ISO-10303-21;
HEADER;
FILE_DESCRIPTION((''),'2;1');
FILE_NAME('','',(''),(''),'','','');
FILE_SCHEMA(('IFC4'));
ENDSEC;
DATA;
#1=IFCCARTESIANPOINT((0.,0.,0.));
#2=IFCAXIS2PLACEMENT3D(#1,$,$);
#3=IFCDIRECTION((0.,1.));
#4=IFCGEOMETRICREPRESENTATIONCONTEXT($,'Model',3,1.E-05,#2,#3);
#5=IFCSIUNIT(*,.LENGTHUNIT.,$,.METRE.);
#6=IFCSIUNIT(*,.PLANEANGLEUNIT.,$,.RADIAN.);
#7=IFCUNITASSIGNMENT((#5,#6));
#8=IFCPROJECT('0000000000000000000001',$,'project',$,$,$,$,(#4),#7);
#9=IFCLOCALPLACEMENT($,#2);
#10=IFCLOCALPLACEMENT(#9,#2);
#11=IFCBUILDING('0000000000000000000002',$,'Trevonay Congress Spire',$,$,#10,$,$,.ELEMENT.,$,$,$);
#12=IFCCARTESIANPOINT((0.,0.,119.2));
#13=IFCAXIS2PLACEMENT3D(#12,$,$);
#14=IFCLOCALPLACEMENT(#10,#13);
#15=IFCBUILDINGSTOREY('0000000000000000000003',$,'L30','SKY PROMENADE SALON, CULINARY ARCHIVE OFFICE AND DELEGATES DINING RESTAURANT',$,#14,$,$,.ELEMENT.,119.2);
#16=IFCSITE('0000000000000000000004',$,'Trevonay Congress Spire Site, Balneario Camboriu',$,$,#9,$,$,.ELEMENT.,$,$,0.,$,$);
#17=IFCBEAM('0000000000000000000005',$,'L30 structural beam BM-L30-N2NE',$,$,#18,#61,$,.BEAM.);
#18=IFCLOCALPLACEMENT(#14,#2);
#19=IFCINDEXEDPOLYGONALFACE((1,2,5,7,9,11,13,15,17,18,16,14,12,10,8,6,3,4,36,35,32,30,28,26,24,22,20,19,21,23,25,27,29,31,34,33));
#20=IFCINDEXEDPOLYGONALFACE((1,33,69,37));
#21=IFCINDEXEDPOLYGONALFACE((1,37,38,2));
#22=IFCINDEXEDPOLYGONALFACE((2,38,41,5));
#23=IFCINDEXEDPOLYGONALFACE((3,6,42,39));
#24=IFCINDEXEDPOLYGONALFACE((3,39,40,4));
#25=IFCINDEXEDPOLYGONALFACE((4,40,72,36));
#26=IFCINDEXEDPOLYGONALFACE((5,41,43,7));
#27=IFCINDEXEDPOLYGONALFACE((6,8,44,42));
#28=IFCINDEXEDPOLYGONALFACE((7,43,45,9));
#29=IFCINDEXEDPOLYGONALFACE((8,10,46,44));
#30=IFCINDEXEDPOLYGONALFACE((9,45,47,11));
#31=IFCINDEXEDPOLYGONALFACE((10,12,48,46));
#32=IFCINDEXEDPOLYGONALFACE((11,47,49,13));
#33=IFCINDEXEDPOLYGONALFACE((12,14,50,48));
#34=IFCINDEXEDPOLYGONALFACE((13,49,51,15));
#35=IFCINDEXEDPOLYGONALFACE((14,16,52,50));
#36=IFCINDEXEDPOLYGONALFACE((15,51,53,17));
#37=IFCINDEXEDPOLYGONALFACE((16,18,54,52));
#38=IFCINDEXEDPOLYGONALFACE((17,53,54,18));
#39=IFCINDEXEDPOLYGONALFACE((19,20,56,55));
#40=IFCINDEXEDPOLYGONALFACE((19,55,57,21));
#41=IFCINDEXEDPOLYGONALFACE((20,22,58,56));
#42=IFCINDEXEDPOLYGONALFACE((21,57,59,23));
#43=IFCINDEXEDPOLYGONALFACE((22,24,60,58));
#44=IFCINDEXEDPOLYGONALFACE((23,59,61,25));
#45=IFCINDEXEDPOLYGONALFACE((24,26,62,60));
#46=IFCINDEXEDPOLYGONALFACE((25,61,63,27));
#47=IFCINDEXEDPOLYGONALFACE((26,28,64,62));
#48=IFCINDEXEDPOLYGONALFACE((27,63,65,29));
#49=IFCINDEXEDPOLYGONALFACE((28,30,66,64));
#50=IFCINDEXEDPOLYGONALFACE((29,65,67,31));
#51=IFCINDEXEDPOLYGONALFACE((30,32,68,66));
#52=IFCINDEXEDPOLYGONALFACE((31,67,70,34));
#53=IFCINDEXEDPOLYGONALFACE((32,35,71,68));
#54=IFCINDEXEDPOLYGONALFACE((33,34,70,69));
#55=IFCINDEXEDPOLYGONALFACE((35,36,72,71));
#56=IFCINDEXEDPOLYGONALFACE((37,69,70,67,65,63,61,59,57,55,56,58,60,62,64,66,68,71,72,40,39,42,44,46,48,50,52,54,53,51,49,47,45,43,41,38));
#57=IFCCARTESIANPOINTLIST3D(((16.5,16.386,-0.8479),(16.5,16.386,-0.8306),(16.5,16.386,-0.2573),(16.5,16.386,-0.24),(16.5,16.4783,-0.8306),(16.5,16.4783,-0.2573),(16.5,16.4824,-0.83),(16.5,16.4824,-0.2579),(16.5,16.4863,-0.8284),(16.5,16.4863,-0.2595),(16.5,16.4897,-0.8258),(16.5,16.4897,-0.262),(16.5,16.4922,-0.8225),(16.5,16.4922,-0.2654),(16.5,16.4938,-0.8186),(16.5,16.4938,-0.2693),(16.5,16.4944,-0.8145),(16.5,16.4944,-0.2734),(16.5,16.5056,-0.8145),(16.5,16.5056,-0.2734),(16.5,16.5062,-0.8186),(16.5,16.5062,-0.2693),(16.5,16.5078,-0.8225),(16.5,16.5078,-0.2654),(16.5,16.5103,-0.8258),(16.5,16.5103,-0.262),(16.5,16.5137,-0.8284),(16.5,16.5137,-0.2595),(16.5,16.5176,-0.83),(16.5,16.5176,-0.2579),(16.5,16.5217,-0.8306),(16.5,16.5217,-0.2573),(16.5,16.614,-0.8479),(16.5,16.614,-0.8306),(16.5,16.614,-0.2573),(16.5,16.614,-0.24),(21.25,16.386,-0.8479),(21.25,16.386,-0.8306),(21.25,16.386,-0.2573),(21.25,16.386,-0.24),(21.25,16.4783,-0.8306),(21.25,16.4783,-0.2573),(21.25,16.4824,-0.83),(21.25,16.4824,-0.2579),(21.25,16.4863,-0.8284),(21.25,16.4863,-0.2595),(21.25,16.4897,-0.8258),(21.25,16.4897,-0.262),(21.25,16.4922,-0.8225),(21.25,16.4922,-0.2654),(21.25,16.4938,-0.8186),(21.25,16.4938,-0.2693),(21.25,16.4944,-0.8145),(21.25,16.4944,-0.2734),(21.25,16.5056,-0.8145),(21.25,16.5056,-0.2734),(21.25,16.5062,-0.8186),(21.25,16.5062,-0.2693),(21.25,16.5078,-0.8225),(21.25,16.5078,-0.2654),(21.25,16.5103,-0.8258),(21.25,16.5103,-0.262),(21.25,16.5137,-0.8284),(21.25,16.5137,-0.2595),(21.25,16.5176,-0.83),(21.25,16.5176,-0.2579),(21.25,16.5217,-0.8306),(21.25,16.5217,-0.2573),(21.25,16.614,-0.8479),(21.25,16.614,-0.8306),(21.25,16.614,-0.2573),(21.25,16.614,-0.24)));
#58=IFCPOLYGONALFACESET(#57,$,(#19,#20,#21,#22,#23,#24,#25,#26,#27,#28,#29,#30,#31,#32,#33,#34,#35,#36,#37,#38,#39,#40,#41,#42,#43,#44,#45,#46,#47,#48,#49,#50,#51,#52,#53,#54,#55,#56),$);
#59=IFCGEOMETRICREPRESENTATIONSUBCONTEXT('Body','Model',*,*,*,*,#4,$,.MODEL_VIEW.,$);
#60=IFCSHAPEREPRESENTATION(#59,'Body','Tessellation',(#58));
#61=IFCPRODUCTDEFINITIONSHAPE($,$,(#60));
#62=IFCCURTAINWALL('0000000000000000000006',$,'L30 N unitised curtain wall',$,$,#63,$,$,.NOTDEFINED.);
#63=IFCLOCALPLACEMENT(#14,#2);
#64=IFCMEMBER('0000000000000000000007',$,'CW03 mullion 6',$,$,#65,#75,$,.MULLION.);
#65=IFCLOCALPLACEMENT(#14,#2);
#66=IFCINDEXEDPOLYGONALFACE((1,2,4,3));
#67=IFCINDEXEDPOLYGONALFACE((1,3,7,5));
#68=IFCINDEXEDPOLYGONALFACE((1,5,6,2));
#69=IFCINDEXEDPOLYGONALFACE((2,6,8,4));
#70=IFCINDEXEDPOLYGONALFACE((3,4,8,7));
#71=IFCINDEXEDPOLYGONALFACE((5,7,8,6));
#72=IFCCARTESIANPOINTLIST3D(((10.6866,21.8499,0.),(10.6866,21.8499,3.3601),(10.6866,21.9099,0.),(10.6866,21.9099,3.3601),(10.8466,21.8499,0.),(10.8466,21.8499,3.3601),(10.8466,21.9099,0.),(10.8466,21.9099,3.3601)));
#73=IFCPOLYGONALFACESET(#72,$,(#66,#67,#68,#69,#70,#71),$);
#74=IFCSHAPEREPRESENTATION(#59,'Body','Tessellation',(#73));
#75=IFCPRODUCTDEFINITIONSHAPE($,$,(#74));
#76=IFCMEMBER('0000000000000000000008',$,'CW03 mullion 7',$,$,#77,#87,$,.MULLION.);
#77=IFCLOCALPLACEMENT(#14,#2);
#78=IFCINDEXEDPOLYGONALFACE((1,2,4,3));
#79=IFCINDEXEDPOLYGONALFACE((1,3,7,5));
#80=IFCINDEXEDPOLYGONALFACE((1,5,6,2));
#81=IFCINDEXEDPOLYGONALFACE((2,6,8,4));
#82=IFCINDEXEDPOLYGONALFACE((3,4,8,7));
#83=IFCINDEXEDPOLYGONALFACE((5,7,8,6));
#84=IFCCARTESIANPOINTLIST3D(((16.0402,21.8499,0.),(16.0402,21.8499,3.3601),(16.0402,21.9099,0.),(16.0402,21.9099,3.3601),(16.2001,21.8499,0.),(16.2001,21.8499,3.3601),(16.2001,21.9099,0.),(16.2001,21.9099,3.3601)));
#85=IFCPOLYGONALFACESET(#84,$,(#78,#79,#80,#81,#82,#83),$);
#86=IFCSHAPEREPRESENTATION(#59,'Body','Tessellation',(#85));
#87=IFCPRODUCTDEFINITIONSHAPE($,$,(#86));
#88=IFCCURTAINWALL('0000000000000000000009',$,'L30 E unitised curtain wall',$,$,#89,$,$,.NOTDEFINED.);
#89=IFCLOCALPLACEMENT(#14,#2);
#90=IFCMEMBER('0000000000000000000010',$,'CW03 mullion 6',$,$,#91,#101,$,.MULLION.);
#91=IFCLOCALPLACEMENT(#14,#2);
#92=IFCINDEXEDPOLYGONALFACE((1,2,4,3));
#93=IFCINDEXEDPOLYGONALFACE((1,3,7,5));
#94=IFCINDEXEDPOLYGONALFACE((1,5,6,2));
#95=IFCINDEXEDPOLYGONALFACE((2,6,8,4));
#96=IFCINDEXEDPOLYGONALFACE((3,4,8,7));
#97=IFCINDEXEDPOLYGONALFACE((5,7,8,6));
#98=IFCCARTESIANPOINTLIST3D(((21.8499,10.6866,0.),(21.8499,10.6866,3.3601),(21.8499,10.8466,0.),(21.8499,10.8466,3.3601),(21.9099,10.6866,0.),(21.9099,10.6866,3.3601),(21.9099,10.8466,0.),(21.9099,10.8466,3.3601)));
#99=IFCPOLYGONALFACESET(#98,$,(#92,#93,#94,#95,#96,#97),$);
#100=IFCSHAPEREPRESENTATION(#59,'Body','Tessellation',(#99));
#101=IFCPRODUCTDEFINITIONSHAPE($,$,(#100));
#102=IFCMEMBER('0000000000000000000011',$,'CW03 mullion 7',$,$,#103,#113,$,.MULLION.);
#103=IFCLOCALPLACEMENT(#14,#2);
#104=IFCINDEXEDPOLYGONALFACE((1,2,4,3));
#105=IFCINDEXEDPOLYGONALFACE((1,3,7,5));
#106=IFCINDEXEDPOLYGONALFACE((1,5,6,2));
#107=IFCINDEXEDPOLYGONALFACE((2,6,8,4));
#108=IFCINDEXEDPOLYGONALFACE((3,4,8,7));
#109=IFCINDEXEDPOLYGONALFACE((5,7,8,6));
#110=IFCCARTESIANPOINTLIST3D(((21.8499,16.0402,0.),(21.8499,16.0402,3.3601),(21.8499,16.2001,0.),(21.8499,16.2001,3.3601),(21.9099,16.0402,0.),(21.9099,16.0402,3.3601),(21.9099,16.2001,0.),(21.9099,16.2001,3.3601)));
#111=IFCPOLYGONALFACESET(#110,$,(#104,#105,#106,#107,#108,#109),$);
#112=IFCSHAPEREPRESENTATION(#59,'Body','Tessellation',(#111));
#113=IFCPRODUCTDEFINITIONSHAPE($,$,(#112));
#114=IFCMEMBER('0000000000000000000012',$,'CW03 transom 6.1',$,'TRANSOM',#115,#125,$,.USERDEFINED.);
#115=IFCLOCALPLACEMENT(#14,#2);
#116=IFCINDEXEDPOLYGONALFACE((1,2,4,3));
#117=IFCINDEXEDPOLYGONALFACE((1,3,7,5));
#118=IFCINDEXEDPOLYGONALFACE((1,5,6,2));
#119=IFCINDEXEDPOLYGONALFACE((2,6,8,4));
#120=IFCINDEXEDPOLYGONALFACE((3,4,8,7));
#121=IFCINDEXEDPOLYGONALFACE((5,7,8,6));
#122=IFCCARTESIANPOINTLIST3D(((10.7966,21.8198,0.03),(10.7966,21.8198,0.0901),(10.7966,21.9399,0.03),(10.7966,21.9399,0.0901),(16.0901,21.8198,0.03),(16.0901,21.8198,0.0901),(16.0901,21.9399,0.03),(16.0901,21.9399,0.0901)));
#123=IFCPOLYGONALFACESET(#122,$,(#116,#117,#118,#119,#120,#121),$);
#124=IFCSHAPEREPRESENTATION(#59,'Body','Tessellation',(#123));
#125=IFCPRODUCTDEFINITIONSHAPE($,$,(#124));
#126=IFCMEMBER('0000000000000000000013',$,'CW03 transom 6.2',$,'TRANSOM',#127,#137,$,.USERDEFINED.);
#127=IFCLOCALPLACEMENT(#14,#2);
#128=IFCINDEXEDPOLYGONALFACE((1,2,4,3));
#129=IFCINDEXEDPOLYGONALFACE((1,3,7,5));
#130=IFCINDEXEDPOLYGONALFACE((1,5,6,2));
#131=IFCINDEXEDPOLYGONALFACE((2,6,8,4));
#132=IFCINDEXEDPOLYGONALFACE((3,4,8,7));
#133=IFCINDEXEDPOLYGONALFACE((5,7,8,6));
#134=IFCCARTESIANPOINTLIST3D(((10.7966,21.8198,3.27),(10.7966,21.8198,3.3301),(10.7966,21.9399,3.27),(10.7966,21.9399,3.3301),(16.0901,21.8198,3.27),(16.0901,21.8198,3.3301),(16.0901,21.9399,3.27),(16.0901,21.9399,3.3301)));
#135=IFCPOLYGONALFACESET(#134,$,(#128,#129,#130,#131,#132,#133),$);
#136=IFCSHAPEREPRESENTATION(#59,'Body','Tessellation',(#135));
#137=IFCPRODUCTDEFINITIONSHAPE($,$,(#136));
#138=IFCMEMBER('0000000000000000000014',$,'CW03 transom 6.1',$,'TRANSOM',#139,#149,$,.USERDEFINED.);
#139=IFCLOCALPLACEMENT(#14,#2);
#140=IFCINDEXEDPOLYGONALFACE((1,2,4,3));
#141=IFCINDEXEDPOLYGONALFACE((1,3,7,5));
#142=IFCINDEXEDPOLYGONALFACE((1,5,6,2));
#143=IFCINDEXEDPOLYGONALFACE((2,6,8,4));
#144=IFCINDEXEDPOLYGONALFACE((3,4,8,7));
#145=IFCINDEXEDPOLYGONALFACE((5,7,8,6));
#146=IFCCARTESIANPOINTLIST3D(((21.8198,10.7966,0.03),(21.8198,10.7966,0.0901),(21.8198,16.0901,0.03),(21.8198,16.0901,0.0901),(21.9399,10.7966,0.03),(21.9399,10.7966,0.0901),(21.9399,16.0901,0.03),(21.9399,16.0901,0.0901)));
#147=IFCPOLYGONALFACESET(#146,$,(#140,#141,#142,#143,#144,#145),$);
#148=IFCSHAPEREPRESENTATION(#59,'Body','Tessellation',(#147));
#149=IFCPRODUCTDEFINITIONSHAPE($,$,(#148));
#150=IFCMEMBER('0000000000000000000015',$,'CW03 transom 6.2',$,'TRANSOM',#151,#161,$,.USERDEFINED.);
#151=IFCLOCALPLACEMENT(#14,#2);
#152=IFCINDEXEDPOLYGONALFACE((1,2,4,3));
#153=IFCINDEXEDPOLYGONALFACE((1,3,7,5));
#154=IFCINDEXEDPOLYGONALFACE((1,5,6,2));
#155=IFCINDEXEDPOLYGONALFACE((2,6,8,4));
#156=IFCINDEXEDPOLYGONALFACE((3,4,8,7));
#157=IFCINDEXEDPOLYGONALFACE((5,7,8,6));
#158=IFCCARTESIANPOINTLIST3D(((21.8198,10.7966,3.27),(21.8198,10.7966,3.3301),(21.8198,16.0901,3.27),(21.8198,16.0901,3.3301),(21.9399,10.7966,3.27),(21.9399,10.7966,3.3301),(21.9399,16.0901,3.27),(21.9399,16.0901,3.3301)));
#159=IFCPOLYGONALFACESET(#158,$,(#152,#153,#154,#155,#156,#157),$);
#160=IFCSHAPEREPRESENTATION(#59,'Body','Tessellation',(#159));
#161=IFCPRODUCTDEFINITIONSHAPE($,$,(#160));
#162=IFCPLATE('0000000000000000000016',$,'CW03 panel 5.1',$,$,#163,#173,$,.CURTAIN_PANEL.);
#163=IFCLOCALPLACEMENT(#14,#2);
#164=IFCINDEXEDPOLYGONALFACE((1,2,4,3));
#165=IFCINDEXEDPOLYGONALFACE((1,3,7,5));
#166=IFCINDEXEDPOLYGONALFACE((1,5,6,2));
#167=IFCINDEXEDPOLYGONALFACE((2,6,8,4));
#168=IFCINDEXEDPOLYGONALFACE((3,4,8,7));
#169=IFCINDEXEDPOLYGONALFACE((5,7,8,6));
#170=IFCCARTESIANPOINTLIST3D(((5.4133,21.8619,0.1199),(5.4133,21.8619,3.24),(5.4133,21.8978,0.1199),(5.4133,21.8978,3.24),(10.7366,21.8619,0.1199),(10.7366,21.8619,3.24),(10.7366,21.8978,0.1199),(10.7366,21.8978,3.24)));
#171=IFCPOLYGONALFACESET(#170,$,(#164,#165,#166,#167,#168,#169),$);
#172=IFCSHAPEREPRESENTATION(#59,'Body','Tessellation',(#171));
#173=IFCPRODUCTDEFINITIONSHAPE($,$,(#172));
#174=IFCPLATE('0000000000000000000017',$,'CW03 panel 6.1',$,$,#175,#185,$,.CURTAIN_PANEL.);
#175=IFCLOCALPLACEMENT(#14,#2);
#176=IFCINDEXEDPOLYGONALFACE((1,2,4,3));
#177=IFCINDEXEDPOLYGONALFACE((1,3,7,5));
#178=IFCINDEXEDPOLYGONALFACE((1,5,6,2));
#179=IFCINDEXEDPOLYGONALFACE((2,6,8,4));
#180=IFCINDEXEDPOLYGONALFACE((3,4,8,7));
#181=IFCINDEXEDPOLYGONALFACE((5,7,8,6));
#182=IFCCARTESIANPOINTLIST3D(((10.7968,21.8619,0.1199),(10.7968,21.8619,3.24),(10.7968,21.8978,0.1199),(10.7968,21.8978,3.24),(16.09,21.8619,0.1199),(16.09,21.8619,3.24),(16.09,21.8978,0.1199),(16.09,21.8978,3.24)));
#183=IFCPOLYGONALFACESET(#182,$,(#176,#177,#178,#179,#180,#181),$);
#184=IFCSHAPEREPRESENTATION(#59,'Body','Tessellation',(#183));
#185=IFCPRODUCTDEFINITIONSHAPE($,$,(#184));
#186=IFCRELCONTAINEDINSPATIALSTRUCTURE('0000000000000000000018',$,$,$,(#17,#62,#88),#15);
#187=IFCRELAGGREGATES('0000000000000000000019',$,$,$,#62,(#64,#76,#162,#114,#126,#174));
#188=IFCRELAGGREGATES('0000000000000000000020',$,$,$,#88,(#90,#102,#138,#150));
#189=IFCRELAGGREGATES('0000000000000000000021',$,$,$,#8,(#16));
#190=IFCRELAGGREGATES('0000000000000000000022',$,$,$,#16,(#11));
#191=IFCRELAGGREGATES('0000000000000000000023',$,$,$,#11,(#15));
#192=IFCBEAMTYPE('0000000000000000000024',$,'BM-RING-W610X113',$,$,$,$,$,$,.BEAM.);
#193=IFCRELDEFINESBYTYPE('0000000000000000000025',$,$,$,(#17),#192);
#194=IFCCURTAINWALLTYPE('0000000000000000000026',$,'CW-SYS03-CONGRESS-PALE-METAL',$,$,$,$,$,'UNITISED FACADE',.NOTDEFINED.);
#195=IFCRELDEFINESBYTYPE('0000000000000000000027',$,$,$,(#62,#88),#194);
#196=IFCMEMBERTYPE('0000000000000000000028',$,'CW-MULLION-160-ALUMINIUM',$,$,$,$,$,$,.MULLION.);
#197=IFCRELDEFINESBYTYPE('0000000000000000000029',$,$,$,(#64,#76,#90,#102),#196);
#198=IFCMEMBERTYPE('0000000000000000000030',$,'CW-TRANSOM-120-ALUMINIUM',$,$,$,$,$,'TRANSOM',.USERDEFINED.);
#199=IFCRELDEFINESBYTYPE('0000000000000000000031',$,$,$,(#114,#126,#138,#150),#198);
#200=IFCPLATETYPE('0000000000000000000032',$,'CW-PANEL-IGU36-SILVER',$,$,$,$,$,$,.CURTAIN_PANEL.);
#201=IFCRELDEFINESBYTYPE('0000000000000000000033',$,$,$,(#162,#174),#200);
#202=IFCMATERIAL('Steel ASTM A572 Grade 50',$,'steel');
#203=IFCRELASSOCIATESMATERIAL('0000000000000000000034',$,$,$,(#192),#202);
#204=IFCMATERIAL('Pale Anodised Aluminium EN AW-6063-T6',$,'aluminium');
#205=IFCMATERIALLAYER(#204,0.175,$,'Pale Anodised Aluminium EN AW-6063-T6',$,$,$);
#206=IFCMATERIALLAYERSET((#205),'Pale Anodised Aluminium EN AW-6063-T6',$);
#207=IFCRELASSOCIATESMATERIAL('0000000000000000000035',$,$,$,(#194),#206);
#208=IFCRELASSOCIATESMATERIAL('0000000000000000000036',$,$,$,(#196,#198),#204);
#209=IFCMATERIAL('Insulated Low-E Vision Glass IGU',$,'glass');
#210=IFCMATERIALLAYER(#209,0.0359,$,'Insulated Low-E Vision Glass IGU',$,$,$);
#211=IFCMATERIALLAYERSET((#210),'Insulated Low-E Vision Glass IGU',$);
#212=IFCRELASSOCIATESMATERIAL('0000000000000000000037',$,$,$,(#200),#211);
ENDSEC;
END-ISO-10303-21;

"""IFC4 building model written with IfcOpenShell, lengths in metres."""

from ifc_helpers import new_model, si_unit, direction, frame, origin, origin_2d, place, context, subcontext, project, spatial, rectangle, i_section, extrude, material, layer, layer_set, material_profile, profile_set, type_object, element, aggregate, save


model = new_model("IFC4")

# Units and contexts
model_context = context("Model", 3, precision=1e-05, world=origin(), true_north=direction((0.0, 1.0)))
body_context = subcontext(model_context, "Body", "Model", "MODEL_VIEW")
ifc_project = project(units=[si_unit("LENGTHUNIT", "METRE"), si_unit("PLANEANGLEUNIT", "RADIAN")], contexts=[model_context])

# Site, building, storey
site_placement = place(None, origin())
site = spatial("IfcSite", under=ifc_project, at=site_placement, Name="Trevonay Congress Spire Site, Balneario Camboriu", CompositionType="ELEMENT", RefElevation=0.0)
building_placement = place(site_placement, origin())
building = spatial("IfcBuilding", under=site, at=building_placement, Name="Trevonay Congress Spire", CompositionType="ELEMENT")
storey_placement = place(building_placement, frame((0.0, 0.0, 119.2)))
storey = spatial("IfcBuildingStorey", under=building, at=storey_placement, Name="L30", Description="SKY PROMENADE SALON, CULINARY ARCHIVE OFFICE AND DELEGATES DINING RESTAURANT", CompositionType="ELEMENT", Elevation=119.2)

# Shared definitions
ifc_material_1 = material(Name="Steel ASTM A572 Grade 50", Category="steel")

# Beam
ifc_material_profile_1 = material_profile(ifc_material_1, i_section(OverallWidth=0.228, OverallDepth=0.6079, WebThickness=0.0112, FlangeThickness=0.0173, FilletRadius=0.0161, at=origin_2d()), Name="W610x113")
ifc_profile_set_1 = profile_set([ifc_material_profile_1], Name="Steel ASTM A572 Grade 50")
beam_type = type_object("IfcBeamType", Name="BM-RING-W610X113", PredefinedType="BEAM", material=ifc_profile_set_1)
for number, where, z_axis, x_axis, name in (
    (1, (21.25, 16.5, -0.5439), (-1.0, 0.0, 0.0), (0.0, -1.0, 0.0), "L30 structural beam BM-L30-N2NE"),
):
    element("IfcBeam", number, at=place(storey_placement, frame(where, z_axis=z_axis, x_axis=x_axis)), inside=storey, type_object=beam_type, Name=name, PredefinedType="BEAM", context=body_context, shape_type="SweptSolid", body=[
        extrude(i_section(OverallWidth=0.228, OverallDepth=0.6079, WebThickness=0.0112, FlangeThickness=0.0173, FilletRadius=0.0161, at=origin_2d()), origin(), (0.0, 0.0, 1.0), 4.75),
    ])

# Curtain walls, members
ifc_material_2 = material(Name="Pale Anodised Aluminium EN AW-6063-T6", Category="aluminium")
ifc_layer_1 = layer(ifc_material_2, 0.175, Name="Pale Anodised Aluminium EN AW-6063-T6")
ifc_layer_set_1 = layer_set([ifc_layer_1], Name="Pale Anodised Aluminium EN AW-6063-T6")
curtain_wall_type = type_object("IfcCurtainWallType", Name="CW-SYS03-CONGRESS-PALE-METAL", ElementType="UNITISED FACADE", PredefinedType="NOTDEFINED", material=ifc_layer_set_1)
curtain_wall_1_placement = place(storey_placement, origin())
curtain_wall_1 = element("IfcCurtainWall", 2, at=curtain_wall_1_placement, inside=storey, type_object=curtain_wall_type, Name="L30 N unitised curtain wall", PredefinedType="NOTDEFINED")
ifc_material_profile_2 = material_profile(ifc_material_2, rectangle(XDim=0.0601, YDim=0.1599, at=origin_2d()), Name="CW-MULLION-160-ALUMINIUM")
ifc_profile_set_2 = profile_set([ifc_material_profile_2], Name="Pale Anodised Aluminium EN AW-6063-T6")
member_type_1 = type_object("IfcMemberType", Name="CW-MULLION-160-ALUMINIUM", PredefinedType="MULLION", material=ifc_profile_set_2)
member_1_placement = place(storey_placement, frame((10.7666, 21.8799, 0.0), z_axis=(0.0, 0.0, 1.0), x_axis=(0.0, 1.0, 0.0)))
member_1 = element("IfcMember", 3, at=member_1_placement, type_object=member_type_1, Name="CW03 mullion 6", PredefinedType="MULLION", context=body_context, shape_type="SweptSolid", body=[
    extrude(rectangle(XDim=0.0601, YDim=0.1599, at=origin_2d()), origin(), (0.0, 0.0, 1.0), 3.3601),
])
member_2_placement = place(storey_placement, frame((16.1201, 21.8799, 0.0), z_axis=(0.0, 0.0, 1.0), x_axis=(0.0, 1.0, 0.0)))
member_2 = element("IfcMember", 4, at=member_2_placement, type_object=member_type_1, Name="CW03 mullion 7", PredefinedType="MULLION", context=body_context, shape_type="SweptSolid", body=[
    extrude(rectangle(XDim=0.0601, YDim=0.1599, at=origin_2d()), origin(), (0.0, 0.0, 1.0), 3.3601),
])
curtain_wall_2_placement = place(storey_placement, origin())
curtain_wall_2 = element("IfcCurtainWall", 5, at=curtain_wall_2_placement, inside=storey, type_object=curtain_wall_type, Name="L30 E unitised curtain wall", PredefinedType="NOTDEFINED")
member_3_placement = place(storey_placement, frame((21.8799, 10.7666, 0.0), z_axis=(0.0, 0.0, 1.0), x_axis=(-1.0, 0.0, 0.0)))
member_3 = element("IfcMember", 6, at=member_3_placement, type_object=member_type_1, Name="CW03 mullion 6", PredefinedType="MULLION", context=body_context, shape_type="SweptSolid", body=[
    extrude(rectangle(XDim=0.0601, YDim=0.1599, at=origin_2d()), origin(), (0.0, 0.0, 1.0), 3.3601),
])
member_4_placement = place(storey_placement, frame((21.8799, 16.1201, 0.0), z_axis=(0.0, 0.0, 1.0), x_axis=(-1.0, 0.0, 0.0)))
member_4 = element("IfcMember", 7, at=member_4_placement, type_object=member_type_1, Name="CW03 mullion 7", PredefinedType="MULLION", context=body_context, shape_type="SweptSolid", body=[
    extrude(rectangle(XDim=0.0601, YDim=0.1599, at=origin_2d()), origin(), (0.0, 0.0, 1.0), 3.3601),
])

# Members
ifc_material_profile_3 = material_profile(ifc_material_2, rectangle(XDim=0.1201, YDim=0.0601, at=origin_2d()), Name="CW-TRANSOM-120-ALUMINIUM")
ifc_profile_set_3 = profile_set([ifc_material_profile_3], Name="Pale Anodised Aluminium EN AW-6063-T6")
member_type_2 = type_object("IfcMemberType", Name="CW-TRANSOM-120-ALUMINIUM", ElementType="TRANSOM", PredefinedType="USERDEFINED", material=ifc_profile_set_3)
member_5_placement = place(storey_placement, frame((10.7966, 21.8799, 0.0601), z_axis=(1.0, 0.0, 0.0), x_axis=(0.0, 1.0, 0.0)))
member_5 = element("IfcMember", 8, at=member_5_placement, type_object=member_type_2, Name="CW03 transom 6.1", ObjectType="TRANSOM", PredefinedType="USERDEFINED", context=body_context, shape_type="SweptSolid", body=[
    extrude(rectangle(XDim=0.1201, YDim=0.0601, at=origin_2d()), origin(), (0.0, 0.0, 1.0), 5.2935),
])
member_6_placement = place(storey_placement, frame((10.7966, 21.8799, 3.3), z_axis=(1.0, 0.0, 0.0), x_axis=(0.0, 1.0, 0.0)))
member_6 = element("IfcMember", 9, at=member_6_placement, type_object=member_type_2, Name="CW03 transom 6.2", ObjectType="TRANSOM", PredefinedType="USERDEFINED", context=body_context, shape_type="SweptSolid", body=[
    extrude(rectangle(XDim=0.1201, YDim=0.0601, at=origin_2d()), origin(), (0.0, 0.0, 1.0), 5.2935),
])
member_7_placement = place(storey_placement, frame((21.8799, 10.7966, 0.0601), z_axis=(0.0, 1.0, 0.0), x_axis=(-1.0, 0.0, 0.0)))
member_7 = element("IfcMember", 10, at=member_7_placement, type_object=member_type_2, Name="CW03 transom 6.1", ObjectType="TRANSOM", PredefinedType="USERDEFINED", context=body_context, shape_type="SweptSolid", body=[
    extrude(rectangle(XDim=0.1201, YDim=0.0601, at=origin_2d()), origin(), (0.0, 0.0, 1.0), 5.2935),
])
member_8_placement = place(storey_placement, frame((21.8799, 10.7966, 3.3), z_axis=(0.0, 1.0, 0.0), x_axis=(-1.0, 0.0, 0.0)))
member_8 = element("IfcMember", 11, at=member_8_placement, type_object=member_type_2, Name="CW03 transom 6.2", ObjectType="TRANSOM", PredefinedType="USERDEFINED", context=body_context, shape_type="SweptSolid", body=[
    extrude(rectangle(XDim=0.1201, YDim=0.0601, at=origin_2d()), origin(), (0.0, 0.0, 1.0), 5.2935),
])

# Plates
ifc_material_3 = material(Name="Insulated Low-E Vision Glass IGU", Category="glass")
ifc_layer_2 = layer(ifc_material_3, 0.0359, Name="Insulated Low-E Vision Glass IGU")
ifc_layer_set_2 = layer_set([ifc_layer_2], Name="Insulated Low-E Vision Glass IGU")
plate_type = type_object("IfcPlateType", Name="CW-PANEL-IGU36-SILVER", PredefinedType="CURTAIN_PANEL", material=ifc_layer_set_2)
plate_1_placement = place(storey_placement, frame((8.075, 21.8799, 0.1199), z_axis=(0.0, 0.0, 1.0), x_axis=(1.0, 0.0, 0.0)))
plate_1 = element("IfcPlate", 12, at=plate_1_placement, type_object=plate_type, Name="CW03 panel 5.1", PredefinedType="CURTAIN_PANEL", context=body_context, shape_type="SweptSolid", body=[
    extrude(rectangle(XDim=5.3232, YDim=0.0359, at=origin_2d()), origin(), (0.0, 0.0, 1.0), 3.1201),
])
plate_2_placement = place(storey_placement, frame((13.4434, 21.8799, 0.1199), z_axis=(0.0, 0.0, 1.0), x_axis=(1.0, 0.0, 0.0)))
plate_2 = element("IfcPlate", 13, at=plate_2_placement, type_object=plate_type, Name="CW03 panel 6.1", PredefinedType="CURTAIN_PANEL", context=body_context, shape_type="SweptSolid", body=[
    extrude(rectangle(XDim=5.2932, YDim=0.0359, at=origin_2d()), origin(), (0.0, 0.0, 1.0), 3.1201),
])
aggregate(curtain_wall_1, [member_1, member_2, plate_1, member_5, member_6, plate_2])
aggregate(curtain_wall_2, [member_3, member_4, member_7, member_8])

save(model, "model.ifc")
